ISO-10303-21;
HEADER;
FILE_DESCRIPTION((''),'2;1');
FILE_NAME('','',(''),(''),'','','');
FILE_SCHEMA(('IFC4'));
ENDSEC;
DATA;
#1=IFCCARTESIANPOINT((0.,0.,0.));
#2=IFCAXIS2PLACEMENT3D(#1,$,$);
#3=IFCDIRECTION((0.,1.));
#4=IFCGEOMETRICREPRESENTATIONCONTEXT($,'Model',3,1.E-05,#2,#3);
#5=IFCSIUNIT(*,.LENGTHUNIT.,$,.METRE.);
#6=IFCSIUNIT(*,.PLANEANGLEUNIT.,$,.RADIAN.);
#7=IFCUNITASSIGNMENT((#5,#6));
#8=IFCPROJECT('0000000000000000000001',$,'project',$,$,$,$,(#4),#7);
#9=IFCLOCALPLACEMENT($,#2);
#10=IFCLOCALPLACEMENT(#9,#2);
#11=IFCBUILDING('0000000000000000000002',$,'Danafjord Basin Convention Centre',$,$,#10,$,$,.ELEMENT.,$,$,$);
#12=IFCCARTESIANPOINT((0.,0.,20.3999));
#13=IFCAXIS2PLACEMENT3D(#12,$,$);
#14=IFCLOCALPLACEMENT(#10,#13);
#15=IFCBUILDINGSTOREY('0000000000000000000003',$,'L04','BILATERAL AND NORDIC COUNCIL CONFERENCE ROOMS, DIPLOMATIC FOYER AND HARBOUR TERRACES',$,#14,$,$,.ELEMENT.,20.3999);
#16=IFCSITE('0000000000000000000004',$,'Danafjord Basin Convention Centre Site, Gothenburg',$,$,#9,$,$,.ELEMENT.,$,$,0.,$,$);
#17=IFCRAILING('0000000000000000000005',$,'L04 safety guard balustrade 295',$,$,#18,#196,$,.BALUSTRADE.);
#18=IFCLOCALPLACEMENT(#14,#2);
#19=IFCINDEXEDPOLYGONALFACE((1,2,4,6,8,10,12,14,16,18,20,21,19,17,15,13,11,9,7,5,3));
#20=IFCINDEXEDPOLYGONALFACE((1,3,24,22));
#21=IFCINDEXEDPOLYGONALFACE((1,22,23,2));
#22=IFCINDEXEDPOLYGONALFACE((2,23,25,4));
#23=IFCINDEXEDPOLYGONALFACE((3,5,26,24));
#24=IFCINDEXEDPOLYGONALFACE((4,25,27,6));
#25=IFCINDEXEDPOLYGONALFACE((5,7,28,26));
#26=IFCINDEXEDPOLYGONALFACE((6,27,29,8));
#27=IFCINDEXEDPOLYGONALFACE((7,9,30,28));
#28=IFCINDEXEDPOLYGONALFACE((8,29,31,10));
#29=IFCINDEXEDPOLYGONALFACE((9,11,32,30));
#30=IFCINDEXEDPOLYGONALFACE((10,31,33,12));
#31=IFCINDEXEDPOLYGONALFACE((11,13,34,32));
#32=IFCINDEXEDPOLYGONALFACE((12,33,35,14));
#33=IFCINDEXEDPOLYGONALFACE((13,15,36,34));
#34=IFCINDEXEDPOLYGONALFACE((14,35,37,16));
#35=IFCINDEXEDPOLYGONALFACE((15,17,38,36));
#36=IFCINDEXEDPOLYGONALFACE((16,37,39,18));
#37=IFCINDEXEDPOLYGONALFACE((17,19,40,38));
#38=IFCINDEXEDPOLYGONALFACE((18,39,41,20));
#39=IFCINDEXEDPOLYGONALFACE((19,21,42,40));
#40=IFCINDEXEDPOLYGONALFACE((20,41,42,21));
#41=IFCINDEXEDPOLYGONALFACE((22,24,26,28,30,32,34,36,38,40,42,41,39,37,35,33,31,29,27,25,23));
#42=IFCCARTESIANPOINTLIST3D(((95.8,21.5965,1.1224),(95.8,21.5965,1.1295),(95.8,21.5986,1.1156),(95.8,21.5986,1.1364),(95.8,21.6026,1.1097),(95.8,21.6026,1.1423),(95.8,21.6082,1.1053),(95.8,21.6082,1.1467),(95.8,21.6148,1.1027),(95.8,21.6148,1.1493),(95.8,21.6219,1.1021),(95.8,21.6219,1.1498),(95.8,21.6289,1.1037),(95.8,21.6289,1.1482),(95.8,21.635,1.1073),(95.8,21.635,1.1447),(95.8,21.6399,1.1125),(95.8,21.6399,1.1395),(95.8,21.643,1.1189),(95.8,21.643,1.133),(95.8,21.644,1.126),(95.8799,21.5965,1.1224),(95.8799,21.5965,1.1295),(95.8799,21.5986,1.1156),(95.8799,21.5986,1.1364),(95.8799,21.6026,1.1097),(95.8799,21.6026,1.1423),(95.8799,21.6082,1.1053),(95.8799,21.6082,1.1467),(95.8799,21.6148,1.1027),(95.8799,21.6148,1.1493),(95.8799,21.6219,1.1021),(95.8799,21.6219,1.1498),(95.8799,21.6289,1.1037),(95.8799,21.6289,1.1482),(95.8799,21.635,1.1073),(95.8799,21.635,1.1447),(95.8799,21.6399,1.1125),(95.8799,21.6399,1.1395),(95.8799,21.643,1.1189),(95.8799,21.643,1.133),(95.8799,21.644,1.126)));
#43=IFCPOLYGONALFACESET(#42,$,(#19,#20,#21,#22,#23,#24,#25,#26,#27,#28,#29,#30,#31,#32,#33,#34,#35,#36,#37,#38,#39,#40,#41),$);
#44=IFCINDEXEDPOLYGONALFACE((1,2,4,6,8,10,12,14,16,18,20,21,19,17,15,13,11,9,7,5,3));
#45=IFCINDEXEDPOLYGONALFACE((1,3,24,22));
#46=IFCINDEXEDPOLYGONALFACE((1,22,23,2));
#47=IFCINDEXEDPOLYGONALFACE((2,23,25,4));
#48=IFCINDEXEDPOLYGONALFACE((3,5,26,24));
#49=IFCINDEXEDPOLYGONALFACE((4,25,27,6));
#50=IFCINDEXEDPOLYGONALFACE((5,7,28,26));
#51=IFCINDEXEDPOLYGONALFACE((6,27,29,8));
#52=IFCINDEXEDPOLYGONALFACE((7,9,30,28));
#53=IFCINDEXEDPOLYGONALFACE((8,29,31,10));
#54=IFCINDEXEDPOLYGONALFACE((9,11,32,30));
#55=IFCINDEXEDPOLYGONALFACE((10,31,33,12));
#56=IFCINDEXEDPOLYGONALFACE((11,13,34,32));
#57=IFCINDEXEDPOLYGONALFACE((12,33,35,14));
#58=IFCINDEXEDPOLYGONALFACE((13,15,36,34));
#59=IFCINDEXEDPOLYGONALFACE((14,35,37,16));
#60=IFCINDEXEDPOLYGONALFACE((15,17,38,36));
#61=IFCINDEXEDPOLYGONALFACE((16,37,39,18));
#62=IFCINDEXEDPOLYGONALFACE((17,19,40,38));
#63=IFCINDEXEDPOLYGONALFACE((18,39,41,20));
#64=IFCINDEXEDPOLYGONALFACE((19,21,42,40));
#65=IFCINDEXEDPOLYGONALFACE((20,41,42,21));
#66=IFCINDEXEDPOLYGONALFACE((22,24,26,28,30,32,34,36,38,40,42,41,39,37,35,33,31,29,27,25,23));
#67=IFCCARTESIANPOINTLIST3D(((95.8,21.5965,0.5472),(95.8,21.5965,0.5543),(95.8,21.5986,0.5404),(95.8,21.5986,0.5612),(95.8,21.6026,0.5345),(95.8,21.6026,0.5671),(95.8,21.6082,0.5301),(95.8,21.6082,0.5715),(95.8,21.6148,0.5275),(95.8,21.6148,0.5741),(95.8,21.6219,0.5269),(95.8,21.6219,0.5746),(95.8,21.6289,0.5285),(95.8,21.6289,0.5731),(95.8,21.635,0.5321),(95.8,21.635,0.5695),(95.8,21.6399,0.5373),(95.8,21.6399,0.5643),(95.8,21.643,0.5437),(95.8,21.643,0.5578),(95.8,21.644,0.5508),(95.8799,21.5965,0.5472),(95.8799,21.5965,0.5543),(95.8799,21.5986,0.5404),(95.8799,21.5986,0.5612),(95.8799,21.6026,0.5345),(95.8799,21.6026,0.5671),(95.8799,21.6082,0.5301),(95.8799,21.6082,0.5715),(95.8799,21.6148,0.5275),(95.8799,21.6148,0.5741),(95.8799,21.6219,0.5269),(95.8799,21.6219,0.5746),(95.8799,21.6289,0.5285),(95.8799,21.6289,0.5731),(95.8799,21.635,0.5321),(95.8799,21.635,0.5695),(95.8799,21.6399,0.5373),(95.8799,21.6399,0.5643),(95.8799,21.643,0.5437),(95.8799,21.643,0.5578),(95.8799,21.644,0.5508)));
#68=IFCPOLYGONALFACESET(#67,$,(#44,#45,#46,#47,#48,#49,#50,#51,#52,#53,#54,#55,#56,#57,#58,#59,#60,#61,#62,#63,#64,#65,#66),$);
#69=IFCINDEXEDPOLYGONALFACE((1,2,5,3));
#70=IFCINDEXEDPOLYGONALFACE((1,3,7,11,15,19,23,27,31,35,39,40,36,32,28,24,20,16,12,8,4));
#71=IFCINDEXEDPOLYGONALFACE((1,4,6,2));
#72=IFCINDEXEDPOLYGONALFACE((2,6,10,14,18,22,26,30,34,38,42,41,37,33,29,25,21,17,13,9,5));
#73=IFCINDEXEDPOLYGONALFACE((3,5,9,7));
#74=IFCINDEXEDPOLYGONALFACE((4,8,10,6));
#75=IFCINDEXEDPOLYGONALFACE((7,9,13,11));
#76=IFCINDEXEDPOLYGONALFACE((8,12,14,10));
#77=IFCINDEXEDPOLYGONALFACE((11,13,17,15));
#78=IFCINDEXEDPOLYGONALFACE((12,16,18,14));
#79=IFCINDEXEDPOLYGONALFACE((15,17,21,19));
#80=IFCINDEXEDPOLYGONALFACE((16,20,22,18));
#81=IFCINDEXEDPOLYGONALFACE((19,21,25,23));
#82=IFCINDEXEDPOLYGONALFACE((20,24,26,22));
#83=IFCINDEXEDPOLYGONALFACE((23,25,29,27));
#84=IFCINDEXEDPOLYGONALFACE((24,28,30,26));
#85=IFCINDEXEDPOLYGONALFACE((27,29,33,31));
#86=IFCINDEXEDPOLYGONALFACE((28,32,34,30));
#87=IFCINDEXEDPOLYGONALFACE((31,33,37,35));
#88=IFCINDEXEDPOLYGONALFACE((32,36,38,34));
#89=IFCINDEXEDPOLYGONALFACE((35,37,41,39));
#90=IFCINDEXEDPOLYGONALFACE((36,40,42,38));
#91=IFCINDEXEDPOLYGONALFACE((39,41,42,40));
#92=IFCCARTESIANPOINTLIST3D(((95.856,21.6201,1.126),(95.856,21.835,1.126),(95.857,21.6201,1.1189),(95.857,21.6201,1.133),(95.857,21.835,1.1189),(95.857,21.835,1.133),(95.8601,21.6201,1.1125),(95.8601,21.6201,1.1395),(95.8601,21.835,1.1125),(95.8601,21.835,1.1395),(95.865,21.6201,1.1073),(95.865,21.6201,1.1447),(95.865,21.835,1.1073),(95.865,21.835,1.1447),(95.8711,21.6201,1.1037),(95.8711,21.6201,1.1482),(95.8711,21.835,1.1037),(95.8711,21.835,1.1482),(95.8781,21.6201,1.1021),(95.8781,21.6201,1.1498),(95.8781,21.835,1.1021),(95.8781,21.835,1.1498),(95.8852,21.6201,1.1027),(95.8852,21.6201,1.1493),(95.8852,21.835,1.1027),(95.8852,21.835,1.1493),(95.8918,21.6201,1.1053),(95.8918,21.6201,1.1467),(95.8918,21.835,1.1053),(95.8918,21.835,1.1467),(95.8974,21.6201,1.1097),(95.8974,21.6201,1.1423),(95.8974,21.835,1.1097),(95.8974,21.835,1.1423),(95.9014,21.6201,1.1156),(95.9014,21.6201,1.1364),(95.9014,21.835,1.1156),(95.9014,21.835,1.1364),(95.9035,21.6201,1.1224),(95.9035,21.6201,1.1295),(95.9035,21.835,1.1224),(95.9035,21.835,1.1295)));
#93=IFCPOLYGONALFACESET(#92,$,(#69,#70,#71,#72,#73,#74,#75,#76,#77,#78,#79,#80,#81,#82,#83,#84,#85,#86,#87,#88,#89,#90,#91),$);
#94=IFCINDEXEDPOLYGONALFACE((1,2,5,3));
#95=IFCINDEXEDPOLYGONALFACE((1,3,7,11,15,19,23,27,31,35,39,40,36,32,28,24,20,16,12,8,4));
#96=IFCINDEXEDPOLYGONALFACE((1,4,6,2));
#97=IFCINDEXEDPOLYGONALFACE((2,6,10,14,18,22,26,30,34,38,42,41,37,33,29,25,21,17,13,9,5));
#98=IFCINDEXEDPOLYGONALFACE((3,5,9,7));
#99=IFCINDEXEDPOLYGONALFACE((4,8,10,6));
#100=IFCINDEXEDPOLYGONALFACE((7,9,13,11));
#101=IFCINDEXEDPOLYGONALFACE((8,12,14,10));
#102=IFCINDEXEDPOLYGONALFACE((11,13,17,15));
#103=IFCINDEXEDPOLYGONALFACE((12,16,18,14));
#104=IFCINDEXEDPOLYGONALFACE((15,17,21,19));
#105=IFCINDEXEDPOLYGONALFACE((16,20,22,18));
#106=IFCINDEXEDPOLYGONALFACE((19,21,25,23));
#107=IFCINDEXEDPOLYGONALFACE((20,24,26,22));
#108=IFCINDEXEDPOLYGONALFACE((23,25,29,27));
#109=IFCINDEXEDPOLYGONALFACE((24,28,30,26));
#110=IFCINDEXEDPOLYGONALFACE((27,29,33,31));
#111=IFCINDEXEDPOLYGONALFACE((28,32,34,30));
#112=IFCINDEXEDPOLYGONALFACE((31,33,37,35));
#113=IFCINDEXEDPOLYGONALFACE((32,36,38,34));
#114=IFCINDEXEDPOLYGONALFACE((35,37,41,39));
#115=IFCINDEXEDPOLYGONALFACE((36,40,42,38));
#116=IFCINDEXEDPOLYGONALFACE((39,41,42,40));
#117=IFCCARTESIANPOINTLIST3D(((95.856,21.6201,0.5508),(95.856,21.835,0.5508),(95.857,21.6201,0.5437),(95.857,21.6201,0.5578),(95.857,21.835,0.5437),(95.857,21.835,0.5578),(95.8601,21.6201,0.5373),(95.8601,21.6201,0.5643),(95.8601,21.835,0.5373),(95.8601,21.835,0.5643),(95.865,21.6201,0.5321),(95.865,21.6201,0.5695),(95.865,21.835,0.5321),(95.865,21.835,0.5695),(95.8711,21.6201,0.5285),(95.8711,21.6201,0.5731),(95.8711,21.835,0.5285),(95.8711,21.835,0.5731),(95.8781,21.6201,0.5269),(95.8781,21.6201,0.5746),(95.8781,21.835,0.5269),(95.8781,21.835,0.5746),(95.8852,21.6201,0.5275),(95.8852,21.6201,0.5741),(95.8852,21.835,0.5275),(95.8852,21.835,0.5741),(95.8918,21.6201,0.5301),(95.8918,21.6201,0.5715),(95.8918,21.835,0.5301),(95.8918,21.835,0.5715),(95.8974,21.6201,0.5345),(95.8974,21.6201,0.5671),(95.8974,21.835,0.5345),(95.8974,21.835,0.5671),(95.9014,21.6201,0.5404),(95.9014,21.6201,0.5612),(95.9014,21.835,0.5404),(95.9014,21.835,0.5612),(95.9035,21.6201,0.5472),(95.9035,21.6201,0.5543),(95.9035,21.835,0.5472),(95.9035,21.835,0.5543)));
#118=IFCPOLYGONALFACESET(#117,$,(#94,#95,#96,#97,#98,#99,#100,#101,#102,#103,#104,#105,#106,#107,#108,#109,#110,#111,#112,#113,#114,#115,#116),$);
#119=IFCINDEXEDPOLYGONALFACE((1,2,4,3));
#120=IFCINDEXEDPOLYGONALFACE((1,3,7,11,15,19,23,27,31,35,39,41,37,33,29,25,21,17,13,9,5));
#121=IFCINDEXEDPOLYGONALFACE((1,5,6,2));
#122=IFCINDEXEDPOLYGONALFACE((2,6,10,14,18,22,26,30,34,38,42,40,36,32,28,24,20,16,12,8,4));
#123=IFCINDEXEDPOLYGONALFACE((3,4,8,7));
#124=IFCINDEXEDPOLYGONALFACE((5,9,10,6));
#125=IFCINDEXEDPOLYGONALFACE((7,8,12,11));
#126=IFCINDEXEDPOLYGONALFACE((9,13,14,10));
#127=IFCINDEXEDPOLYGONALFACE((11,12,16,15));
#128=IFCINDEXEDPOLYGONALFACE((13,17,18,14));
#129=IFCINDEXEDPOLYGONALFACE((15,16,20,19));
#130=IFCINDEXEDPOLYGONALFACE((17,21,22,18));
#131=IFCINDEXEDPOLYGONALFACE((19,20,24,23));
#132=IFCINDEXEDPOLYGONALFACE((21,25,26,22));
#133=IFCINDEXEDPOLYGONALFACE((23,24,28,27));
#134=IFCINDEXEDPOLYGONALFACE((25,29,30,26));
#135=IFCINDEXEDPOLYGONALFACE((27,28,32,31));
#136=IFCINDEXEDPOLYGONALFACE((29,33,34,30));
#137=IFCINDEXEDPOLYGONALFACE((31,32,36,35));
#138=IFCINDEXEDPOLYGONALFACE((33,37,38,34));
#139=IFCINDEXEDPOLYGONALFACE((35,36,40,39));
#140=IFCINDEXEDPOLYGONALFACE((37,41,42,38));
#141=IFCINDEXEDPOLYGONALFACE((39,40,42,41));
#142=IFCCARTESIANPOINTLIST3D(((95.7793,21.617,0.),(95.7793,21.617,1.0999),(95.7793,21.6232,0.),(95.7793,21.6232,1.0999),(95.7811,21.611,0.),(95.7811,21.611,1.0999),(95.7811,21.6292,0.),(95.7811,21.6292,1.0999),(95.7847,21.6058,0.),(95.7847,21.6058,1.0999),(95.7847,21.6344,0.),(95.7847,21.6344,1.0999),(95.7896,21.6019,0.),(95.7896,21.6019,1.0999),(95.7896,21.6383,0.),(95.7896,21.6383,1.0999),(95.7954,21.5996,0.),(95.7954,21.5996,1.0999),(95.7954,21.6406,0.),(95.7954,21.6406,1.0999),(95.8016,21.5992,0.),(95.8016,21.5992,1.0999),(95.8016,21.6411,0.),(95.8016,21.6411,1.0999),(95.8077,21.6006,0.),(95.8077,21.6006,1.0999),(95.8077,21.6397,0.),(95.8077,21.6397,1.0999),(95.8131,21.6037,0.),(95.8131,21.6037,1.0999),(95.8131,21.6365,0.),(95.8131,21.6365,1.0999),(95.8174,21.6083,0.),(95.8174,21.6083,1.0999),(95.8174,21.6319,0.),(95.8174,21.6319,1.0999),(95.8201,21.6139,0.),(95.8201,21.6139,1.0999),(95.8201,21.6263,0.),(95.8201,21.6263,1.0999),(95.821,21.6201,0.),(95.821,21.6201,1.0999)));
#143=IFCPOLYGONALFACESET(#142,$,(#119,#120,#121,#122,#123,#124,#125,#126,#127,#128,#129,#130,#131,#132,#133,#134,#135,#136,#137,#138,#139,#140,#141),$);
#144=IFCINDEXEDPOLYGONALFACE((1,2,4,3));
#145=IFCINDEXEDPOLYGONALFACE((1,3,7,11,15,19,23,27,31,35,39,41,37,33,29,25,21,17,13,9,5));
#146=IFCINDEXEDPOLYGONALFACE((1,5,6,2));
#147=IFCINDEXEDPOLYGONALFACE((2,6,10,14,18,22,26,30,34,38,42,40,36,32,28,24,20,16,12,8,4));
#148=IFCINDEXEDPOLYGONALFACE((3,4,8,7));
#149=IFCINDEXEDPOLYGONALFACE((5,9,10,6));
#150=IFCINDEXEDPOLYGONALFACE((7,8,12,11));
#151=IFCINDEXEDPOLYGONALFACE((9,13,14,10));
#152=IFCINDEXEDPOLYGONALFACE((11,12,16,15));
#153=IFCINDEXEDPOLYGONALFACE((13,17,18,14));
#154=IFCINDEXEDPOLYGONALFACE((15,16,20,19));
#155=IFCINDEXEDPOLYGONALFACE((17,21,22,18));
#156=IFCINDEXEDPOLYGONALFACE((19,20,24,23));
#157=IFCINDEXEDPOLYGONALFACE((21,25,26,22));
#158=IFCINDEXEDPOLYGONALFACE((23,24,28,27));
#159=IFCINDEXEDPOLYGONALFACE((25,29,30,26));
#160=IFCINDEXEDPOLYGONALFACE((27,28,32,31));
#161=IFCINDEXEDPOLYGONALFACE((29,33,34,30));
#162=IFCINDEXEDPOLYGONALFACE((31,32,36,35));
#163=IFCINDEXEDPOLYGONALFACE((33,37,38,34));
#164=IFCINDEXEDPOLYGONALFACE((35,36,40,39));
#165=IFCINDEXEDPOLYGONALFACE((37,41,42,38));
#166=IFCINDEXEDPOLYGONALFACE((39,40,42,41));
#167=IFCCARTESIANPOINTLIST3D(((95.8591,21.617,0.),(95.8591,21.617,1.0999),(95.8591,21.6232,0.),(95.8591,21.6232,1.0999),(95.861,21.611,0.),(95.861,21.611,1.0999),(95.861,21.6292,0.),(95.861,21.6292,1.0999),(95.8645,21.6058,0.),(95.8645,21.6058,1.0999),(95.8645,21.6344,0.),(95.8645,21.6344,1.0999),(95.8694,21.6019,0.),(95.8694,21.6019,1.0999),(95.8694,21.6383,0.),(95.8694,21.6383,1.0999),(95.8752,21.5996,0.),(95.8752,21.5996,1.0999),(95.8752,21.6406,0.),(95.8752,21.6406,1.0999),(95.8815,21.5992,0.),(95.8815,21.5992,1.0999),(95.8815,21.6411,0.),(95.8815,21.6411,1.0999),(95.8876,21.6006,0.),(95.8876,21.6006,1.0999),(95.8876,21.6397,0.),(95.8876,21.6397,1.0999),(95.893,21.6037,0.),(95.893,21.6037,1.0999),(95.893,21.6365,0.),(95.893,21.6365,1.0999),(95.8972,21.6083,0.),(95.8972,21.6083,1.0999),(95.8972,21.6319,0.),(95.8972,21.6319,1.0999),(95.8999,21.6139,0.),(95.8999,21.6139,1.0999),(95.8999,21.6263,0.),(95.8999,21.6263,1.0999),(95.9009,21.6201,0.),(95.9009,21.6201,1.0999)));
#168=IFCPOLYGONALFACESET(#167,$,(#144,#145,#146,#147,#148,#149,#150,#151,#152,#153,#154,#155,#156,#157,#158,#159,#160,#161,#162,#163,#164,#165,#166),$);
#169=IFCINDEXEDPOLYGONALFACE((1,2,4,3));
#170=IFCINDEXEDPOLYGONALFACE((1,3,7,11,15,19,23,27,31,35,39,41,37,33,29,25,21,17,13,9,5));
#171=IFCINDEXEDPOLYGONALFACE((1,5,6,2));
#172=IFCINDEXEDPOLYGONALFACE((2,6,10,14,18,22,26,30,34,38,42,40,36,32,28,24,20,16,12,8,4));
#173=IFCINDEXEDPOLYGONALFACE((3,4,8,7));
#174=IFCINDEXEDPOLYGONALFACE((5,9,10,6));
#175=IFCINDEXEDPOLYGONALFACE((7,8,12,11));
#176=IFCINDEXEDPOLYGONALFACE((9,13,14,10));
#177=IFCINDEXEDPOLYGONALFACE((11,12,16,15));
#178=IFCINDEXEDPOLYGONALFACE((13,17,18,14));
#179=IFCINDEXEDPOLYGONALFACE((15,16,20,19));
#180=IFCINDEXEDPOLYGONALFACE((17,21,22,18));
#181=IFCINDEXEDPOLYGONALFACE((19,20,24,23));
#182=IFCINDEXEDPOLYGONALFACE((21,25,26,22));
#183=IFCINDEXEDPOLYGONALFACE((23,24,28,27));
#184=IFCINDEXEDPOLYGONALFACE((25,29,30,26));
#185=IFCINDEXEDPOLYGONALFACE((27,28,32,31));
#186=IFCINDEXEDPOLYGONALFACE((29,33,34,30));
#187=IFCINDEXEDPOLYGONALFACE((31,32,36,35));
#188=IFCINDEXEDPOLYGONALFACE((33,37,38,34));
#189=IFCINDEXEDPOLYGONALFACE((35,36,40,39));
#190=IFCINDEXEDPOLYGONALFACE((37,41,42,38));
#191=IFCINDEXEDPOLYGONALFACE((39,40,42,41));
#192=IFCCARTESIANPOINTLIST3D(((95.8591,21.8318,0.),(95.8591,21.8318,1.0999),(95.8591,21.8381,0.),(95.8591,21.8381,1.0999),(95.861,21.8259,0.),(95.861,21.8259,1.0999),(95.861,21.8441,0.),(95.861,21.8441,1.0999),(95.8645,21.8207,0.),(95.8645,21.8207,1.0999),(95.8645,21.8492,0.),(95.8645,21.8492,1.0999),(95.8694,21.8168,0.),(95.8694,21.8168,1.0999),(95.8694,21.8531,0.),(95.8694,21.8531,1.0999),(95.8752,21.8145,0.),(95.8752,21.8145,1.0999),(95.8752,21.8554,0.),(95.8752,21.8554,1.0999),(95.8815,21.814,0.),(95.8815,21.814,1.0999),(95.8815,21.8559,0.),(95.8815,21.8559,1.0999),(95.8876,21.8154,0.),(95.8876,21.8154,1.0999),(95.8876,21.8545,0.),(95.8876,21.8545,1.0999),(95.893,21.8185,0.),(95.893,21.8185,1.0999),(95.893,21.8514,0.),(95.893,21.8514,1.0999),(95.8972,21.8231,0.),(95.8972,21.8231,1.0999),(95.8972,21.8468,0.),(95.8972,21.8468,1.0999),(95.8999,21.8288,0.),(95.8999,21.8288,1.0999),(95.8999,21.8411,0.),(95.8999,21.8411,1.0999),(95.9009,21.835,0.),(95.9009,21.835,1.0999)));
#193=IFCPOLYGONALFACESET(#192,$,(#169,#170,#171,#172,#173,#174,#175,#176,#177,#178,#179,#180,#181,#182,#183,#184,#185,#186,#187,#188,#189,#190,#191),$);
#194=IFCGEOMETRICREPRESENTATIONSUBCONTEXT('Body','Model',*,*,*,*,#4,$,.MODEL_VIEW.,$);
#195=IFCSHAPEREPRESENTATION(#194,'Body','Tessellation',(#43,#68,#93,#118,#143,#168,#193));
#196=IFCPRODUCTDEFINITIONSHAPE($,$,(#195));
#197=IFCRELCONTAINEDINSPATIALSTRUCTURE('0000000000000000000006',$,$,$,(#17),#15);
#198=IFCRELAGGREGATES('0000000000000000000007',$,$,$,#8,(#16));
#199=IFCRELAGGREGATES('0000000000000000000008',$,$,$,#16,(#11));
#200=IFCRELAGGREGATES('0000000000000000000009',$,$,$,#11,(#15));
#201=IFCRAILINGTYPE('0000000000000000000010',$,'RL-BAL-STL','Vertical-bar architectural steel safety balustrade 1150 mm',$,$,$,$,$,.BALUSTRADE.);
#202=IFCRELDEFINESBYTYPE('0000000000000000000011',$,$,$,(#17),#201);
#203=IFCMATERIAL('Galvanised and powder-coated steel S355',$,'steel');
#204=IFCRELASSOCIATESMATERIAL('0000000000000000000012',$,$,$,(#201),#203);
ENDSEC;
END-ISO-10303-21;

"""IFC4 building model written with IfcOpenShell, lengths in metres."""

from ifc_helpers import new_model, si_unit, direction, frame, origin, origin_2d, place, context, subcontext, project, spatial, circle, extrude, material, type_object, element, save


model = new_model("IFC4")

# Units and contexts
model_context = context("Model", 3, precision=1e-05, world=origin(), true_north=direction((0.0, 1.0)))
body_context = subcontext(model_context, "Body", "Model", "MODEL_VIEW")
ifc_project = project(units=[si_unit("LENGTHUNIT", "METRE"), si_unit("PLANEANGLEUNIT", "RADIAN")], contexts=[model_context])

# Site, building, storey
site_placement = place(None, origin())
site = spatial("IfcSite", under=ifc_project, at=site_placement, Name="Danafjord Basin Convention Centre Site, Gothenburg", CompositionType="ELEMENT", RefElevation=0.0)
building_placement = place(site_placement, origin())
building = spatial("IfcBuilding", under=site, at=building_placement, Name="Danafjord Basin Convention Centre", CompositionType="ELEMENT")
storey_placement = place(building_placement, frame((0.0, 0.0, 20.3999)))
storey = spatial("IfcBuildingStorey", under=building, at=storey_placement, Name="L04", Description="BILATERAL AND NORDIC COUNCIL CONFERENCE ROOMS, DIPLOMATIC FOYER AND HARBOUR TERRACES", CompositionType="ELEMENT", Elevation=20.3999)

# Railing
ifc_material_1 = material(Name="Galvanised and powder-coated steel S355", Category="steel")
railing_type = type_object("IfcRailingType", Name="RL-BAL-STL", Description="Vertical-bar architectural steel safety balustrade 1150 mm", PredefinedType="BALUSTRADE", material=ifc_material_1)
railing_placement = place(storey_placement, frame((95.8, 21.6201, 0.0)))
element("IfcRailing", 1, at=railing_placement, inside=storey, type_object=railing_type, Name="L04 safety guard balustrade 295", PredefinedType="BALUSTRADE", context=body_context, shape_type="SweptSolid", body=[
    extrude(circle(Radius=0.0239, at=origin_2d()), frame((0.0, 0.0, 1.126), z_axis=(1.0, 0.0, 0.0), x_axis=(0.0, 1.0, 0.0)), (0.0, 0.0, 1.0), 0.0798),
    extrude(circle(Radius=0.0239, at=origin_2d()), frame((0.0, 0.0, 0.5508), z_axis=(1.0, 0.0, 0.0), x_axis=(0.0, 1.0, 0.0)), (0.0, 0.0, 1.0), 0.0798),
    extrude(circle(Radius=0.0239, at=origin_2d()), frame((0.0798, 0.0, 1.126), z_axis=(0.0, 1.0, 0.0), x_axis=(-1.0, 0.0, 0.0)), (0.0, 0.0, 1.0), 0.2148),
    extrude(circle(Radius=0.0239, at=origin_2d()), frame((0.0798, 0.0, 0.5508), z_axis=(0.0, 1.0, 0.0), x_axis=(-1.0, 0.0, 0.0)), (0.0, 0.0, 1.0), 0.2148),
    extrude(circle(Radius=0.021, at=origin_2d()), origin(), (0.0, 0.0, 1.0), 1.0999),
    extrude(circle(Radius=0.021, at=origin_2d()), frame((0.0798, 0.0, 0.0)), (0.0, 0.0, 1.0), 1.0999),
    extrude(circle(Radius=0.021, at=origin_2d()), frame((0.0798, 0.2148, 0.0)), (0.0, 0.0, 1.0), 1.0999),
])

save(model, "model.ifc")
